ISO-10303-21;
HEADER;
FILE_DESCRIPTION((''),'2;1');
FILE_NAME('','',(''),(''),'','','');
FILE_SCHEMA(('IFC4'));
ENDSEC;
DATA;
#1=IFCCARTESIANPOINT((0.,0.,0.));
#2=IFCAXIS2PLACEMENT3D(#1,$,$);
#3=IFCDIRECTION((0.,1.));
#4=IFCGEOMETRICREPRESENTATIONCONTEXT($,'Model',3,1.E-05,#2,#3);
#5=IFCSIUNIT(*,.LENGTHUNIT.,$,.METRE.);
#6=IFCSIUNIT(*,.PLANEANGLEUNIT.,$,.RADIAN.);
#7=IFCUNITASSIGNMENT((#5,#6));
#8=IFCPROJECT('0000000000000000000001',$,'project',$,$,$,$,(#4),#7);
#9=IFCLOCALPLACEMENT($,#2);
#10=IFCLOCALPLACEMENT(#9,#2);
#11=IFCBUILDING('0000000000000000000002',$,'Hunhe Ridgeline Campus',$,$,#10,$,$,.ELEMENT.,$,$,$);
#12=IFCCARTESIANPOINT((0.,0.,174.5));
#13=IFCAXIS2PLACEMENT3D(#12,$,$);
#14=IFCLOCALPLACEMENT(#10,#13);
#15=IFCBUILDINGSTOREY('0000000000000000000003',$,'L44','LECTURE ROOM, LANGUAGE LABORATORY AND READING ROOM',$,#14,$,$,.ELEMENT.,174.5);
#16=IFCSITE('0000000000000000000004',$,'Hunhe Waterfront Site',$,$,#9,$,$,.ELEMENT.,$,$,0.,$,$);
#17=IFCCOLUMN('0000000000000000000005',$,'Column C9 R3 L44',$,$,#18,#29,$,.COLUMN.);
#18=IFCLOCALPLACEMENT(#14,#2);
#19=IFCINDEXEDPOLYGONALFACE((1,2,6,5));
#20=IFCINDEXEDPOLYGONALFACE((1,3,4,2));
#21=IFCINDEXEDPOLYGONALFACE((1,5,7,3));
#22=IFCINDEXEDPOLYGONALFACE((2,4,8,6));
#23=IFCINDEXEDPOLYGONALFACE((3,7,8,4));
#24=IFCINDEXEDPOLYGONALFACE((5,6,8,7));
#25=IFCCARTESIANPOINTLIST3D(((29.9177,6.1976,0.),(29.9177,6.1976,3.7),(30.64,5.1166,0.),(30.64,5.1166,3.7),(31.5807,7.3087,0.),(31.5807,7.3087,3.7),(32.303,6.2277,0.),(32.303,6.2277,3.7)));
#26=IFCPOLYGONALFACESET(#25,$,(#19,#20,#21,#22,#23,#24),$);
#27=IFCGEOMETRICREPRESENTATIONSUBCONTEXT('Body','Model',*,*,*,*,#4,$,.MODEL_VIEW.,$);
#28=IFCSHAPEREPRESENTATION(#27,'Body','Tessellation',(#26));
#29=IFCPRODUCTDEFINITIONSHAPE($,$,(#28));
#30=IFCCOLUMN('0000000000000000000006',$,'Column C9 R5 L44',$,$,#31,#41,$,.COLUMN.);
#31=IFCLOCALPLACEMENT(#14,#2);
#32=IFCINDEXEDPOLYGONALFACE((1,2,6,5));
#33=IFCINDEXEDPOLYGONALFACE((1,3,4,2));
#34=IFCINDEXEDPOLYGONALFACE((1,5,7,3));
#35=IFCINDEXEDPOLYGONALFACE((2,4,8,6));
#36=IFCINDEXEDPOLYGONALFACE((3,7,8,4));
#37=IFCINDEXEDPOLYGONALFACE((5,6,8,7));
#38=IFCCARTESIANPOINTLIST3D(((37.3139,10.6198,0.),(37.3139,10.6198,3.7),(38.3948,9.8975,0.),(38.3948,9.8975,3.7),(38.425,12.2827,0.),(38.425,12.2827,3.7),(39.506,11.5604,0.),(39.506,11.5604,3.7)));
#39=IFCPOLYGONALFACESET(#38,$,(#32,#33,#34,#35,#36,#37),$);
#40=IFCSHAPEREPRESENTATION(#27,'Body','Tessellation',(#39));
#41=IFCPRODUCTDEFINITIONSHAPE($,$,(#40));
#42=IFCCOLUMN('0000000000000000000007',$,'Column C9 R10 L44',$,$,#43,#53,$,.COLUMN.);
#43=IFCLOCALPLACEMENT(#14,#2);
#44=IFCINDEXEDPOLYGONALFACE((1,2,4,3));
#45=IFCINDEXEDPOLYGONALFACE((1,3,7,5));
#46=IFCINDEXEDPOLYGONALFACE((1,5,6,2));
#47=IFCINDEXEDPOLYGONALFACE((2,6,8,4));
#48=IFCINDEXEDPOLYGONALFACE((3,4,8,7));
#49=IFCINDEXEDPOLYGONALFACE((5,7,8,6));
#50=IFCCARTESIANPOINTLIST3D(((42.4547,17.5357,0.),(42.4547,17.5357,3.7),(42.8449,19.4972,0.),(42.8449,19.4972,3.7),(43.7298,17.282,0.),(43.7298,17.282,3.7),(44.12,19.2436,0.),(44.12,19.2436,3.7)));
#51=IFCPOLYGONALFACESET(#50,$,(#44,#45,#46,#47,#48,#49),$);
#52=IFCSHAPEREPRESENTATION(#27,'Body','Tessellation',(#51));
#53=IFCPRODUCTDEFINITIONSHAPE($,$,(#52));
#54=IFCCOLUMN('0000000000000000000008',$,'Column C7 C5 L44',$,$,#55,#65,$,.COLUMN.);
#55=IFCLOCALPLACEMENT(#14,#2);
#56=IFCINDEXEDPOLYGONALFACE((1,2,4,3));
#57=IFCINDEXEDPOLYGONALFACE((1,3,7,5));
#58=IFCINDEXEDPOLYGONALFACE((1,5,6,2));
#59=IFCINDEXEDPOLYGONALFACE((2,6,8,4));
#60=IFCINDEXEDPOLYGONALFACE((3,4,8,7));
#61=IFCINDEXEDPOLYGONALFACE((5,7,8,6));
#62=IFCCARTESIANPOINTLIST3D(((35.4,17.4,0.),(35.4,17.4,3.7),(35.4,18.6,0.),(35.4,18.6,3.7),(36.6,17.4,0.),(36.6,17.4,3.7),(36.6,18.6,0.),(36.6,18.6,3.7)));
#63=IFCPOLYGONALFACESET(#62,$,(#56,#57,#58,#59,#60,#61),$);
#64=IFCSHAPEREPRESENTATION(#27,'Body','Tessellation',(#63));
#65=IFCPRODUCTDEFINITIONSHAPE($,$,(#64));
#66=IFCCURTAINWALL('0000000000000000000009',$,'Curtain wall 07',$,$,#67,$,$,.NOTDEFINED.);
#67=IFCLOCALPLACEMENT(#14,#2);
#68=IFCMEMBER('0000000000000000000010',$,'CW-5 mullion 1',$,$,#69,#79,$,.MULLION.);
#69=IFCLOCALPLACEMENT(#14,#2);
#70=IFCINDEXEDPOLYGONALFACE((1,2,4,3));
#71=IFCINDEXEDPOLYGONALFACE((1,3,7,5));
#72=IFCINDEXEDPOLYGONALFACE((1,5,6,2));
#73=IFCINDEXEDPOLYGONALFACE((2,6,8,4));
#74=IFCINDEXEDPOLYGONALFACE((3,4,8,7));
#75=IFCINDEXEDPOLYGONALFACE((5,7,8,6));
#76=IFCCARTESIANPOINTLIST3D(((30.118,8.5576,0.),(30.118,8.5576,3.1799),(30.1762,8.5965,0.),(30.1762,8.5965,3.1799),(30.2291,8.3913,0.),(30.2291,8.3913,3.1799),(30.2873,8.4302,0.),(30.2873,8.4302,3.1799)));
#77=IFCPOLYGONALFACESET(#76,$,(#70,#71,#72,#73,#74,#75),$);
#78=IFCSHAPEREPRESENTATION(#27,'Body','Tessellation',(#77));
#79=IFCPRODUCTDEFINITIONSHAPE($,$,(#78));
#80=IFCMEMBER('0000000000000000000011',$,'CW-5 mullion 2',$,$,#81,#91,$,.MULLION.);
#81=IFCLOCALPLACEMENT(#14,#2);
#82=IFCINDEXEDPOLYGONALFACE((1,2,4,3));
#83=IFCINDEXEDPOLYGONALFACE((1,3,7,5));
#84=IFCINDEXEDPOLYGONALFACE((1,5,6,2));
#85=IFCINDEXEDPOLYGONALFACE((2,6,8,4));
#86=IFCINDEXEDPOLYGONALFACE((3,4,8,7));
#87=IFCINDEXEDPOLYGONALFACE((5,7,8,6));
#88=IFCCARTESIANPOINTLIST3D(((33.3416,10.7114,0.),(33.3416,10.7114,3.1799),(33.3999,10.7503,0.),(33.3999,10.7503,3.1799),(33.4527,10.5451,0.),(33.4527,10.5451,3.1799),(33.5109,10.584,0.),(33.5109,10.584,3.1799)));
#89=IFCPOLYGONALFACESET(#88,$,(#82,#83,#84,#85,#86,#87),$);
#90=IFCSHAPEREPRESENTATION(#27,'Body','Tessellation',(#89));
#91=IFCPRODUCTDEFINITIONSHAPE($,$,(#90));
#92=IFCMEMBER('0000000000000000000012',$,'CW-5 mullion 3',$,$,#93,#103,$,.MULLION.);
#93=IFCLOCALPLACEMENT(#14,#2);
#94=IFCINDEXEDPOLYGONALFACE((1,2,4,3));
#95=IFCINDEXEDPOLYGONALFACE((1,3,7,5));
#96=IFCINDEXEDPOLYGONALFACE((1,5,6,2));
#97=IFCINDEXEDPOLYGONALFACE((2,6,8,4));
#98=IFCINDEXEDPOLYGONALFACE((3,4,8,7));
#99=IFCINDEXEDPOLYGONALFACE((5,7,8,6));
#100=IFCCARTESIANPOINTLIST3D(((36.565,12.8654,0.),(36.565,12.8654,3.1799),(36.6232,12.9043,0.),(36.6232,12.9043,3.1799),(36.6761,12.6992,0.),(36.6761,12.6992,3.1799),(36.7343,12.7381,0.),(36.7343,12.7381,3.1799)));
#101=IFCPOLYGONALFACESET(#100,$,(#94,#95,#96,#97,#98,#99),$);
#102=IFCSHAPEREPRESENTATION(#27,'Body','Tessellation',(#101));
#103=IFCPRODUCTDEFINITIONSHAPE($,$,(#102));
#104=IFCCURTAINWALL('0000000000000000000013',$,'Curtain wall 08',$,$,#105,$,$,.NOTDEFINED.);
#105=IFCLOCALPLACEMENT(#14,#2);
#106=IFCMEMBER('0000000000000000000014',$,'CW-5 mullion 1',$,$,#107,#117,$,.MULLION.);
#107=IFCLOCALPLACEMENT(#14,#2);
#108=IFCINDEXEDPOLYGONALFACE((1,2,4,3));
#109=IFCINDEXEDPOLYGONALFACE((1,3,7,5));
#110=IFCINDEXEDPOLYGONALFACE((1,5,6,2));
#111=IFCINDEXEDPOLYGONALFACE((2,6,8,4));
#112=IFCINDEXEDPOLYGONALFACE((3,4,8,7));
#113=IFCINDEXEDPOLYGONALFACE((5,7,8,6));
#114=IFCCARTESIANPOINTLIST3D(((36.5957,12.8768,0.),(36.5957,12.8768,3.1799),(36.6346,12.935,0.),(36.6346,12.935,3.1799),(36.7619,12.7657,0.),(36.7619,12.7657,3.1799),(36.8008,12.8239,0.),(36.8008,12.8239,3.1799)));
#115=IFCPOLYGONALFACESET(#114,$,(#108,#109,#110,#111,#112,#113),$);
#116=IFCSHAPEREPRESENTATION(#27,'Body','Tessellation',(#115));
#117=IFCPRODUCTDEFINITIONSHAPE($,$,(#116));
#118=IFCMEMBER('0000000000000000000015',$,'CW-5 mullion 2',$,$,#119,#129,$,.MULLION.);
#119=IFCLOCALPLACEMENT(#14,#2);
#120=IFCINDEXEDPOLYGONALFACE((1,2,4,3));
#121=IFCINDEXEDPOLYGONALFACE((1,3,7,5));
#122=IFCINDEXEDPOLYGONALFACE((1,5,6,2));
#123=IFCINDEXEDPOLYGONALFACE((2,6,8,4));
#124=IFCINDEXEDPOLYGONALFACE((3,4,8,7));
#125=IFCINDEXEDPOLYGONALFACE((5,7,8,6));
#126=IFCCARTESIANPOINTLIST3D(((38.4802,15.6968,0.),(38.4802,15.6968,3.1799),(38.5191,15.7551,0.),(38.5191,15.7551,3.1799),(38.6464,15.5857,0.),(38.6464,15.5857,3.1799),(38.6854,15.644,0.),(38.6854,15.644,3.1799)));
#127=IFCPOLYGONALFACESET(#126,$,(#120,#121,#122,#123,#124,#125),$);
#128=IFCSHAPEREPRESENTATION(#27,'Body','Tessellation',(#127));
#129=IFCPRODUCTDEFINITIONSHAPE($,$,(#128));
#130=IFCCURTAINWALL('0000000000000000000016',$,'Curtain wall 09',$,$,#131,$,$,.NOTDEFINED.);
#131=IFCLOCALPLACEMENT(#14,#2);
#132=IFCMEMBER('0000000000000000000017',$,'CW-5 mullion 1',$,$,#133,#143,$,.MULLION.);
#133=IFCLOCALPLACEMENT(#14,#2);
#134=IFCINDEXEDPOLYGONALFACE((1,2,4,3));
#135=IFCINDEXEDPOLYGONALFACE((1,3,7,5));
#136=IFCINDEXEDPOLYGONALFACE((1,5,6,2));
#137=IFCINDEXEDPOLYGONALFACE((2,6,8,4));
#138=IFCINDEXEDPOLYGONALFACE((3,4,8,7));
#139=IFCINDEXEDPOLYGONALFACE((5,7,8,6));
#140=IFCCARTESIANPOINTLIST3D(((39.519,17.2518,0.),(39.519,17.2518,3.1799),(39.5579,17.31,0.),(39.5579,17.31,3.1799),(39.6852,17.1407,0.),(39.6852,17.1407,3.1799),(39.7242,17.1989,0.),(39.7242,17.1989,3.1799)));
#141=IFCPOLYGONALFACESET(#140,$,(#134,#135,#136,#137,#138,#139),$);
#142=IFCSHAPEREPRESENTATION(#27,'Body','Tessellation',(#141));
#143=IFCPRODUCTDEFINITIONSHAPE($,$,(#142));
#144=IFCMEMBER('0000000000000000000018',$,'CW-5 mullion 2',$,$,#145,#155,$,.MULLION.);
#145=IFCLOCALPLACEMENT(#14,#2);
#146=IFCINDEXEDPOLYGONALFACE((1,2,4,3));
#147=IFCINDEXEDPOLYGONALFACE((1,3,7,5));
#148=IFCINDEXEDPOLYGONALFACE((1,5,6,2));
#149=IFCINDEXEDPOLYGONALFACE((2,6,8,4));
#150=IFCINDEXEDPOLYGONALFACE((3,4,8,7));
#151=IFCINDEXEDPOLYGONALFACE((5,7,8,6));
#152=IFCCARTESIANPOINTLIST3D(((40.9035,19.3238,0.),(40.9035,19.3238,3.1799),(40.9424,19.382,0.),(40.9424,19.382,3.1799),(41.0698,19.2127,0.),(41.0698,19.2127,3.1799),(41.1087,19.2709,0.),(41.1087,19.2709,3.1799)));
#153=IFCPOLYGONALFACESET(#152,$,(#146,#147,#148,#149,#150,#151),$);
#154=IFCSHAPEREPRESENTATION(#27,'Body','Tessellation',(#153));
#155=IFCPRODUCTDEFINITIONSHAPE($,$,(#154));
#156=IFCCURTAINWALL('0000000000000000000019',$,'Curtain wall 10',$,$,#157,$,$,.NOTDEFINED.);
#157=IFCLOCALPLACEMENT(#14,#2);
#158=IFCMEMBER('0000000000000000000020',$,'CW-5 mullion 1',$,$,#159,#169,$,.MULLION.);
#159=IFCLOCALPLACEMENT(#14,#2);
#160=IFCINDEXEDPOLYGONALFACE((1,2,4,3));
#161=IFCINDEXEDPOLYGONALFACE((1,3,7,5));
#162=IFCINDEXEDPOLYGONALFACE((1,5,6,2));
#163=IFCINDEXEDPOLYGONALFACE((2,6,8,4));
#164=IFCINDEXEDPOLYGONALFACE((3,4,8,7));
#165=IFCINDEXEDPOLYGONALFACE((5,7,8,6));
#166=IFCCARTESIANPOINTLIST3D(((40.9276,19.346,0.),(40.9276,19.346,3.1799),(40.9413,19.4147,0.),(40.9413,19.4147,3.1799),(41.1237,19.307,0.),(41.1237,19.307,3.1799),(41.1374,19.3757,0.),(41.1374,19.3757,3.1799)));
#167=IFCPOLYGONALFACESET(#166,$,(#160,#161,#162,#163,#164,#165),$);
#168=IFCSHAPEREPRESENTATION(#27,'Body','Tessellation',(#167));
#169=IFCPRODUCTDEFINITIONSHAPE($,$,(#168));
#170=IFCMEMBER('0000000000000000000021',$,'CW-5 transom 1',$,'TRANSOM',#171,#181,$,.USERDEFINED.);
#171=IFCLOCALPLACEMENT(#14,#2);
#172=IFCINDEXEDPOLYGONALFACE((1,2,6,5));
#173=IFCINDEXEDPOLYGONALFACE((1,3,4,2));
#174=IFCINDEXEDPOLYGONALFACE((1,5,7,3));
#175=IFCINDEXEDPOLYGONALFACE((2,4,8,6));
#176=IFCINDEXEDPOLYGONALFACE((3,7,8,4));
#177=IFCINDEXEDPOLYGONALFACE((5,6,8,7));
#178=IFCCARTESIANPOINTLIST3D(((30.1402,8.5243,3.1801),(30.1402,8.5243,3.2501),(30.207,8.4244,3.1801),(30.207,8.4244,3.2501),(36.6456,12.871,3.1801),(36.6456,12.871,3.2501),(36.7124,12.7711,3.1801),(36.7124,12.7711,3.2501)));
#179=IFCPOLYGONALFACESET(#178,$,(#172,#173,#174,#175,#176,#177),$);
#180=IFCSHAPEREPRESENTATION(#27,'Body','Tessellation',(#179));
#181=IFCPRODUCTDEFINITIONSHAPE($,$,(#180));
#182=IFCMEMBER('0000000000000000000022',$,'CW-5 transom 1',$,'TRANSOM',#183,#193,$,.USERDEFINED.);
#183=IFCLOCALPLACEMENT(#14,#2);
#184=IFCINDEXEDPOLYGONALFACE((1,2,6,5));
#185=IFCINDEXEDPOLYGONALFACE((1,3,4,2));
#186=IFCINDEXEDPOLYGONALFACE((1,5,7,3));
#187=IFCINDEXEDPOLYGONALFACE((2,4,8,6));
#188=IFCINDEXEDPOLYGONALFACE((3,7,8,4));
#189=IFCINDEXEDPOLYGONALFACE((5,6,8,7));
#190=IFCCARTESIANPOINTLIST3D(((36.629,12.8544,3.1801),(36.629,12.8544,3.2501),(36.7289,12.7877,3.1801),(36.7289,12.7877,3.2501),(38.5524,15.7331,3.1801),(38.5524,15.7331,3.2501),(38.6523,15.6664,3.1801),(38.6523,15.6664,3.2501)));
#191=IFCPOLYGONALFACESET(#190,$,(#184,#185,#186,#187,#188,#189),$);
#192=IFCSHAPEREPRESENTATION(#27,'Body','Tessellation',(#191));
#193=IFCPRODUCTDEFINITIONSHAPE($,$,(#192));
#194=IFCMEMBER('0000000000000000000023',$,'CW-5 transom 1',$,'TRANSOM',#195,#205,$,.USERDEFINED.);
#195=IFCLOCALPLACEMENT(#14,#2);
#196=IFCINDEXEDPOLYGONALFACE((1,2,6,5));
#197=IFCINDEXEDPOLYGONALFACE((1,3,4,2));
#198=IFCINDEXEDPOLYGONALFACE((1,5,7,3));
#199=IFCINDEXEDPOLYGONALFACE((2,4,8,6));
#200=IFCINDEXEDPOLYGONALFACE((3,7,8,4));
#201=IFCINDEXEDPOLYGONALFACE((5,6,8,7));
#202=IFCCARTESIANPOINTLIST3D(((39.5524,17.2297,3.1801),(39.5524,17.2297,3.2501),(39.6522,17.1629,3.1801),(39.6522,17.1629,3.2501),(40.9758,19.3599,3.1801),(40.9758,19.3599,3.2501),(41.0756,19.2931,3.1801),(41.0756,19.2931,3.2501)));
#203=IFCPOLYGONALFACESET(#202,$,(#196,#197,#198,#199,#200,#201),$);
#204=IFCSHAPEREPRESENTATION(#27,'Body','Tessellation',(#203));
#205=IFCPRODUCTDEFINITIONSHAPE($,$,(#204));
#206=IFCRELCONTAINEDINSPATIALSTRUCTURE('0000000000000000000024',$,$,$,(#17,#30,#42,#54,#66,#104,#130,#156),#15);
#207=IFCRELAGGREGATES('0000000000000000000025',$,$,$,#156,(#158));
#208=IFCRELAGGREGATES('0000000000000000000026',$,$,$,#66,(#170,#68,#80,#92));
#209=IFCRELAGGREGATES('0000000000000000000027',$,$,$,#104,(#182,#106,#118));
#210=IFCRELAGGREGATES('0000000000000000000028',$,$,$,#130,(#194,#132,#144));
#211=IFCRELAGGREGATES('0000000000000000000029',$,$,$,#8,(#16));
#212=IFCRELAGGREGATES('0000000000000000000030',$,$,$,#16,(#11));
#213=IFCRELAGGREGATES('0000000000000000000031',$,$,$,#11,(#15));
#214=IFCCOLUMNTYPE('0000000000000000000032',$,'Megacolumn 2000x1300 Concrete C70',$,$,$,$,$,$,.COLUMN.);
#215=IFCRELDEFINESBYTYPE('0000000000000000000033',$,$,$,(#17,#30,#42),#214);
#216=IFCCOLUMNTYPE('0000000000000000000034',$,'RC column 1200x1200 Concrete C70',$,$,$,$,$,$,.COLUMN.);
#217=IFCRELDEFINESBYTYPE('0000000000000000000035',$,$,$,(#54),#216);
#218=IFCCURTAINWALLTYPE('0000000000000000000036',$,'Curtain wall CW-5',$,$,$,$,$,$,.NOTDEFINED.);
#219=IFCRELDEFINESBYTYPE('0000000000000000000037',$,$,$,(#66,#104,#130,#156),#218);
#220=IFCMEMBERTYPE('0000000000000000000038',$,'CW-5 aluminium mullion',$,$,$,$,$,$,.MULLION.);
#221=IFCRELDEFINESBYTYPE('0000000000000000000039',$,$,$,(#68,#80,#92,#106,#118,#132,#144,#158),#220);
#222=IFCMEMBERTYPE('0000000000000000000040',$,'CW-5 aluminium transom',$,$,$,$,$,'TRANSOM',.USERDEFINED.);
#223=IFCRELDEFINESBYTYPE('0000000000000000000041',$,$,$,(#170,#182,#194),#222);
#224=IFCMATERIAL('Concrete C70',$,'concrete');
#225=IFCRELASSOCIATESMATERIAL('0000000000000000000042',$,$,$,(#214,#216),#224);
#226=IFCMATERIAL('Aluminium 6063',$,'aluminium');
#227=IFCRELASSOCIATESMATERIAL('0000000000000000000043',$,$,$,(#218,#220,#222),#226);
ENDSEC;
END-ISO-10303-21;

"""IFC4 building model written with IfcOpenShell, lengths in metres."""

from ifc_helpers import new_model, si_unit, direction, frame, origin, origin_2d, place, context, subcontext, project, spatial, rectangle, extrude, material, material_profile, profile_set, type_object, element, aggregate, save


model = new_model("IFC4")

# Units and contexts
model_context = context("Model", 3, precision=1e-05, world=origin(), true_north=direction((0.0, 1.0)))
body_context = subcontext(model_context, "Body", "Model", "MODEL_VIEW")
ifc_project = project(units=[si_unit("LENGTHUNIT", "METRE"), si_unit("PLANEANGLEUNIT", "RADIAN")], contexts=[model_context])

# Site, building, storey
site_placement = place(None, origin())
site = spatial("IfcSite", under=ifc_project, at=site_placement, Name="Hunhe Waterfront Site", CompositionType="ELEMENT", RefElevation=0.0)
building_placement = place(site_placement, origin())
building = spatial("IfcBuilding", under=site, at=building_placement, Name="Hunhe Ridgeline Campus", CompositionType="ELEMENT")
storey_placement = place(building_placement, frame((0.0, 0.0, 174.5)))
storey = spatial("IfcBuildingStorey", under=building, at=storey_placement, Name="L44", Description="LECTURE ROOM, LANGUAGE LABORATORY AND READING ROOM", CompositionType="ELEMENT", Elevation=174.5)

# Columns
ifc_material_1 = material(Name="Concrete C70", Category="concrete")
ifc_material_profile_1 = material_profile(ifc_material_1, rectangle(XDim=2.0, YDim=1.3, at=origin_2d()))
ifc_profile_set_1 = profile_set([ifc_material_profile_1], Name="Concrete C70")
column_type_1 = type_object("IfcColumnType", Name="Megacolumn 2000x1300 Concrete C70", PredefinedType="COLUMN", material=ifc_profile_set_1)
for number, where, z_axis, x_axis, name in (
    (1, (31.1104, 6.2126, 0.0), (0.0, 0.0, 1.0), (0.83147, 0.55557, 0.0), "Column C9 R3 L44"),
    (2, (38.4099, 11.0901, 0.0), (0.0, 0.0, 1.0), (0.55557, 0.83147, 0.0), "Column C9 R5 L44"),
    (3, (43.2874, 18.3896, 0.0), (0.0, 0.0, 1.0), (0.19509, 0.980785, 0.0), "Column C9 R10 L44"),
):
    element("IfcColumn", number, at=place(storey_placement, frame(where, z_axis=z_axis, x_axis=x_axis)), inside=storey, type_object=column_type_1, Name=name, PredefinedType="COLUMN", context=body_context, shape_type="SweptSolid", body=[
        extrude(rectangle(XDim=2.0, YDim=1.3, at=origin_2d()), origin(), (0.0, 0.0, 1.0), 3.7),
    ])
ifc_material_profile_2 = material_profile(ifc_material_1, rectangle(XDim=1.2, YDim=1.2, at=origin_2d()))
ifc_profile_set_2 = profile_set([ifc_material_profile_2], Name="Concrete C70")
column_type_2 = type_object("IfcColumnType", Name="RC column 1200x1200 Concrete C70", PredefinedType="COLUMN", material=ifc_profile_set_2)
column_placement = place(storey_placement, frame((36.0, 18.0, 0.0), z_axis=(0.0, 0.0, 1.0), x_axis=(1.0, 0.0, 0.0)))
element("IfcColumn", 4, at=column_placement, inside=storey, type_object=column_type_2, Name="Column C7 C5 L44", PredefinedType="COLUMN", context=body_context, shape_type="SweptSolid", body=[
    extrude(rectangle(XDim=1.2, YDim=1.2, at=origin_2d()), origin(), (0.0, 0.0, 1.0), 3.7),
])

# Curtain walls, members
ifc_material_2 = material(Name="Aluminium 6063", Category="aluminium")
curtain_wall_type = type_object("IfcCurtainWallType", Name="Curtain wall CW-5", PredefinedType="NOTDEFINED", material=ifc_material_2)
curtain_wall_1_placement = place(storey_placement, origin())
curtain_wall_1 = element("IfcCurtainWall", 5, at=curtain_wall_1_placement, inside=storey, type_object=curtain_wall_type, Name="Curtain wall 07", PredefinedType="NOTDEFINED")
ifc_material_profile_3 = material_profile(ifc_material_2, rectangle(XDim=0.2, YDim=0.0701, at=origin_2d()))
ifc_profile_set_3 = profile_set([ifc_material_profile_3], Name="Aluminium 6063")
member_type_1 = type_object("IfcMemberType", Name="CW-5 aluminium mullion", PredefinedType="MULLION", material=ifc_profile_set_3)
member_1_placement = place(storey_placement, frame((30.2026, 8.4939, 0.0), z_axis=(0.0, 0.0, 1.0), x_axis=(-0.55557, 0.83147, 0.0)))
member_1 = element("IfcMember", 6, at=member_1_placement, type_object=member_type_1, Name="CW-5 mullion 1", PredefinedType="MULLION", context=body_context, shape_type="SweptSolid", body=[
    extrude(rectangle(XDim=0.2, YDim=0.0701, at=origin_2d()), origin(), (0.0, 0.0, 1.0), 3.1799),
])
member_2_placement = place(storey_placement, frame((33.4263, 10.6477, 0.0), z_axis=(0.0, 0.0, 1.0), x_axis=(-0.55557, 0.83147, 0.0)))
member_2 = element("IfcMember", 7, at=member_2_placement, type_object=member_type_1, Name="CW-5 mullion 2", PredefinedType="MULLION", context=body_context, shape_type="SweptSolid", body=[
    extrude(rectangle(XDim=0.2, YDim=0.0701, at=origin_2d()), origin(), (0.0, 0.0, 1.0), 3.1799),
])
member_3_placement = place(storey_placement, frame((36.6497, 12.8018, 0.0), z_axis=(0.0, 0.0, 1.0), x_axis=(-0.55557, 0.83147, 0.0)))
member_3 = element("IfcMember", 8, at=member_3_placement, type_object=member_type_1, Name="CW-5 mullion 3", PredefinedType="MULLION", context=body_context, shape_type="SweptSolid", body=[
    extrude(rectangle(XDim=0.2, YDim=0.0701, at=origin_2d()), origin(), (0.0, 0.0, 1.0), 3.1799),
])
curtain_wall_2_placement = place(storey_placement, origin())
curtain_wall_2 = element("IfcCurtainWall", 9, at=curtain_wall_2_placement, inside=storey, type_object=curtain_wall_type, Name="Curtain wall 08", PredefinedType="NOTDEFINED")
member_4_placement = place(storey_placement, frame((36.6982, 12.8503, 0.0), z_axis=(0.0, 0.0, 1.0), x_axis=(-0.83147, 0.55557, 0.0)))
member_4 = element("IfcMember", 10, at=member_4_placement, type_object=member_type_1, Name="CW-5 mullion 1", PredefinedType="MULLION", context=body_context, shape_type="SweptSolid", body=[
    extrude(rectangle(XDim=0.2, YDim=0.0701, at=origin_2d()), origin(), (0.0, 0.0, 1.0), 3.1799),
])
member_5_placement = place(storey_placement, frame((38.5828, 15.6704, 0.0), z_axis=(0.0, 0.0, 1.0), x_axis=(-0.83147, 0.55557, 0.0)))
member_5 = element("IfcMember", 11, at=member_5_placement, type_object=member_type_1, Name="CW-5 mullion 2", PredefinedType="MULLION", context=body_context, shape_type="SweptSolid", body=[
    extrude(rectangle(XDim=0.2, YDim=0.0701, at=origin_2d()), origin(), (0.0, 0.0, 1.0), 3.1799),
])
curtain_wall_3_placement = place(storey_placement, origin())
curtain_wall_3 = element("IfcCurtainWall", 12, at=curtain_wall_3_placement, inside=storey, type_object=curtain_wall_type, Name="Curtain wall 09", PredefinedType="NOTDEFINED")
member_6_placement = place(storey_placement, frame((39.6216, 17.2253, 0.0), z_axis=(0.0, 0.0, 1.0), x_axis=(-0.83147, 0.55557, 0.0)))
member_6 = element("IfcMember", 13, at=member_6_placement, type_object=member_type_1, Name="CW-5 mullion 1", PredefinedType="MULLION", context=body_context, shape_type="SweptSolid", body=[
    extrude(rectangle(XDim=0.2, YDim=0.0701, at=origin_2d()), origin(), (0.0, 0.0, 1.0), 3.1799),
])
member_7_placement = place(storey_placement, frame((41.0061, 19.2974, 0.0), z_axis=(0.0, 0.0, 1.0), x_axis=(-0.83147, 0.55557, 0.0)))
member_7 = element("IfcMember", 14, at=member_7_placement, type_object=member_type_1, Name="CW-5 mullion 2", PredefinedType="MULLION", context=body_context, shape_type="SweptSolid", body=[
    extrude(rectangle(XDim=0.2, YDim=0.0701, at=origin_2d()), origin(), (0.0, 0.0, 1.0), 3.1799),
])

# Curtain wall, member
curtain_wall_4_placement = place(storey_placement, origin())
curtain_wall_4 = element("IfcCurtainWall", 15, at=curtain_wall_4_placement, inside=storey, type_object=curtain_wall_type, Name="Curtain wall 10", PredefinedType="NOTDEFINED")
member_8_placement = place(storey_placement, frame((41.0325, 19.3608, 0.0), z_axis=(0.0, 0.0, 1.0), x_axis=(-0.980785, 0.19509, 0.0)))
member_8 = element("IfcMember", 16, at=member_8_placement, type_object=member_type_1, Name="CW-5 mullion 1", PredefinedType="MULLION", context=body_context, shape_type="SweptSolid", body=[
    extrude(rectangle(XDim=0.2, YDim=0.0701, at=origin_2d()), origin(), (0.0, 0.0, 1.0), 3.1799),
])

# Members
ifc_material_profile_4 = material_profile(ifc_material_2, rectangle(XDim=0.1201, YDim=0.0701, at=origin_2d()))
ifc_profile_set_4 = profile_set([ifc_material_profile_4], Name="Aluminium 6063")
member_type_2 = type_object("IfcMemberType", Name="CW-5 aluminium transom", ElementType="TRANSOM", PredefinedType="USERDEFINED", material=ifc_profile_set_4)
member_9_placement = place(storey_placement, frame((30.1736, 8.4744, 3.2151), z_axis=(0.831474, 0.555564, 0.0), x_axis=(-0.555564, 0.831474, 0.0)))
member_9 = element("IfcMember", 17, at=member_9_placement, type_object=member_type_2, Name="CW-5 transom 1", ObjectType="TRANSOM", PredefinedType="USERDEFINED", context=body_context, shape_type="SweptSolid", body=[
    extrude(rectangle(XDim=0.1201, YDim=0.0701, at=origin_2d()), origin(), (0.0, 0.0, 1.0), 7.824),
])
member_10_placement = place(storey_placement, frame((36.679, 12.821, 3.2151), z_axis=(0.555546, 0.831486, 0.0), x_axis=(-0.831486, 0.555546, 0.0)))
member_10 = element("IfcMember", 18, at=member_10_placement, type_object=member_type_2, Name="CW-5 transom 1", ObjectType="TRANSOM", PredefinedType="USERDEFINED", context=body_context, shape_type="SweptSolid", body=[
    extrude(rectangle(XDim=0.1201, YDim=0.0701, at=origin_2d()), origin(), (0.0, 0.0, 1.0), 3.4622),
])
member_11_placement = place(storey_placement, frame((39.6023, 17.1963, 3.2151), z_axis=(0.55558, 0.831463, 0.0), x_axis=(-0.831463, 0.55558, 0.0)))
member_11 = element("IfcMember", 19, at=member_11_placement, type_object=member_type_2, Name="CW-5 transom 1", ObjectType="TRANSOM", PredefinedType="USERDEFINED", context=body_context, shape_type="SweptSolid", body=[
    extrude(rectangle(XDim=0.1201, YDim=0.0701, at=origin_2d()), origin(), (0.0, 0.0, 1.0), 2.562),
])
aggregate(curtain_wall_4, [member_8])

aggregate(curtain_wall_1, [member_9, member_1, member_2, member_3])
aggregate(curtain_wall_2, [member_10, member_4, member_5])
aggregate(curtain_wall_3, [member_11, member_6, member_7])

save(model, "model.ifc")
